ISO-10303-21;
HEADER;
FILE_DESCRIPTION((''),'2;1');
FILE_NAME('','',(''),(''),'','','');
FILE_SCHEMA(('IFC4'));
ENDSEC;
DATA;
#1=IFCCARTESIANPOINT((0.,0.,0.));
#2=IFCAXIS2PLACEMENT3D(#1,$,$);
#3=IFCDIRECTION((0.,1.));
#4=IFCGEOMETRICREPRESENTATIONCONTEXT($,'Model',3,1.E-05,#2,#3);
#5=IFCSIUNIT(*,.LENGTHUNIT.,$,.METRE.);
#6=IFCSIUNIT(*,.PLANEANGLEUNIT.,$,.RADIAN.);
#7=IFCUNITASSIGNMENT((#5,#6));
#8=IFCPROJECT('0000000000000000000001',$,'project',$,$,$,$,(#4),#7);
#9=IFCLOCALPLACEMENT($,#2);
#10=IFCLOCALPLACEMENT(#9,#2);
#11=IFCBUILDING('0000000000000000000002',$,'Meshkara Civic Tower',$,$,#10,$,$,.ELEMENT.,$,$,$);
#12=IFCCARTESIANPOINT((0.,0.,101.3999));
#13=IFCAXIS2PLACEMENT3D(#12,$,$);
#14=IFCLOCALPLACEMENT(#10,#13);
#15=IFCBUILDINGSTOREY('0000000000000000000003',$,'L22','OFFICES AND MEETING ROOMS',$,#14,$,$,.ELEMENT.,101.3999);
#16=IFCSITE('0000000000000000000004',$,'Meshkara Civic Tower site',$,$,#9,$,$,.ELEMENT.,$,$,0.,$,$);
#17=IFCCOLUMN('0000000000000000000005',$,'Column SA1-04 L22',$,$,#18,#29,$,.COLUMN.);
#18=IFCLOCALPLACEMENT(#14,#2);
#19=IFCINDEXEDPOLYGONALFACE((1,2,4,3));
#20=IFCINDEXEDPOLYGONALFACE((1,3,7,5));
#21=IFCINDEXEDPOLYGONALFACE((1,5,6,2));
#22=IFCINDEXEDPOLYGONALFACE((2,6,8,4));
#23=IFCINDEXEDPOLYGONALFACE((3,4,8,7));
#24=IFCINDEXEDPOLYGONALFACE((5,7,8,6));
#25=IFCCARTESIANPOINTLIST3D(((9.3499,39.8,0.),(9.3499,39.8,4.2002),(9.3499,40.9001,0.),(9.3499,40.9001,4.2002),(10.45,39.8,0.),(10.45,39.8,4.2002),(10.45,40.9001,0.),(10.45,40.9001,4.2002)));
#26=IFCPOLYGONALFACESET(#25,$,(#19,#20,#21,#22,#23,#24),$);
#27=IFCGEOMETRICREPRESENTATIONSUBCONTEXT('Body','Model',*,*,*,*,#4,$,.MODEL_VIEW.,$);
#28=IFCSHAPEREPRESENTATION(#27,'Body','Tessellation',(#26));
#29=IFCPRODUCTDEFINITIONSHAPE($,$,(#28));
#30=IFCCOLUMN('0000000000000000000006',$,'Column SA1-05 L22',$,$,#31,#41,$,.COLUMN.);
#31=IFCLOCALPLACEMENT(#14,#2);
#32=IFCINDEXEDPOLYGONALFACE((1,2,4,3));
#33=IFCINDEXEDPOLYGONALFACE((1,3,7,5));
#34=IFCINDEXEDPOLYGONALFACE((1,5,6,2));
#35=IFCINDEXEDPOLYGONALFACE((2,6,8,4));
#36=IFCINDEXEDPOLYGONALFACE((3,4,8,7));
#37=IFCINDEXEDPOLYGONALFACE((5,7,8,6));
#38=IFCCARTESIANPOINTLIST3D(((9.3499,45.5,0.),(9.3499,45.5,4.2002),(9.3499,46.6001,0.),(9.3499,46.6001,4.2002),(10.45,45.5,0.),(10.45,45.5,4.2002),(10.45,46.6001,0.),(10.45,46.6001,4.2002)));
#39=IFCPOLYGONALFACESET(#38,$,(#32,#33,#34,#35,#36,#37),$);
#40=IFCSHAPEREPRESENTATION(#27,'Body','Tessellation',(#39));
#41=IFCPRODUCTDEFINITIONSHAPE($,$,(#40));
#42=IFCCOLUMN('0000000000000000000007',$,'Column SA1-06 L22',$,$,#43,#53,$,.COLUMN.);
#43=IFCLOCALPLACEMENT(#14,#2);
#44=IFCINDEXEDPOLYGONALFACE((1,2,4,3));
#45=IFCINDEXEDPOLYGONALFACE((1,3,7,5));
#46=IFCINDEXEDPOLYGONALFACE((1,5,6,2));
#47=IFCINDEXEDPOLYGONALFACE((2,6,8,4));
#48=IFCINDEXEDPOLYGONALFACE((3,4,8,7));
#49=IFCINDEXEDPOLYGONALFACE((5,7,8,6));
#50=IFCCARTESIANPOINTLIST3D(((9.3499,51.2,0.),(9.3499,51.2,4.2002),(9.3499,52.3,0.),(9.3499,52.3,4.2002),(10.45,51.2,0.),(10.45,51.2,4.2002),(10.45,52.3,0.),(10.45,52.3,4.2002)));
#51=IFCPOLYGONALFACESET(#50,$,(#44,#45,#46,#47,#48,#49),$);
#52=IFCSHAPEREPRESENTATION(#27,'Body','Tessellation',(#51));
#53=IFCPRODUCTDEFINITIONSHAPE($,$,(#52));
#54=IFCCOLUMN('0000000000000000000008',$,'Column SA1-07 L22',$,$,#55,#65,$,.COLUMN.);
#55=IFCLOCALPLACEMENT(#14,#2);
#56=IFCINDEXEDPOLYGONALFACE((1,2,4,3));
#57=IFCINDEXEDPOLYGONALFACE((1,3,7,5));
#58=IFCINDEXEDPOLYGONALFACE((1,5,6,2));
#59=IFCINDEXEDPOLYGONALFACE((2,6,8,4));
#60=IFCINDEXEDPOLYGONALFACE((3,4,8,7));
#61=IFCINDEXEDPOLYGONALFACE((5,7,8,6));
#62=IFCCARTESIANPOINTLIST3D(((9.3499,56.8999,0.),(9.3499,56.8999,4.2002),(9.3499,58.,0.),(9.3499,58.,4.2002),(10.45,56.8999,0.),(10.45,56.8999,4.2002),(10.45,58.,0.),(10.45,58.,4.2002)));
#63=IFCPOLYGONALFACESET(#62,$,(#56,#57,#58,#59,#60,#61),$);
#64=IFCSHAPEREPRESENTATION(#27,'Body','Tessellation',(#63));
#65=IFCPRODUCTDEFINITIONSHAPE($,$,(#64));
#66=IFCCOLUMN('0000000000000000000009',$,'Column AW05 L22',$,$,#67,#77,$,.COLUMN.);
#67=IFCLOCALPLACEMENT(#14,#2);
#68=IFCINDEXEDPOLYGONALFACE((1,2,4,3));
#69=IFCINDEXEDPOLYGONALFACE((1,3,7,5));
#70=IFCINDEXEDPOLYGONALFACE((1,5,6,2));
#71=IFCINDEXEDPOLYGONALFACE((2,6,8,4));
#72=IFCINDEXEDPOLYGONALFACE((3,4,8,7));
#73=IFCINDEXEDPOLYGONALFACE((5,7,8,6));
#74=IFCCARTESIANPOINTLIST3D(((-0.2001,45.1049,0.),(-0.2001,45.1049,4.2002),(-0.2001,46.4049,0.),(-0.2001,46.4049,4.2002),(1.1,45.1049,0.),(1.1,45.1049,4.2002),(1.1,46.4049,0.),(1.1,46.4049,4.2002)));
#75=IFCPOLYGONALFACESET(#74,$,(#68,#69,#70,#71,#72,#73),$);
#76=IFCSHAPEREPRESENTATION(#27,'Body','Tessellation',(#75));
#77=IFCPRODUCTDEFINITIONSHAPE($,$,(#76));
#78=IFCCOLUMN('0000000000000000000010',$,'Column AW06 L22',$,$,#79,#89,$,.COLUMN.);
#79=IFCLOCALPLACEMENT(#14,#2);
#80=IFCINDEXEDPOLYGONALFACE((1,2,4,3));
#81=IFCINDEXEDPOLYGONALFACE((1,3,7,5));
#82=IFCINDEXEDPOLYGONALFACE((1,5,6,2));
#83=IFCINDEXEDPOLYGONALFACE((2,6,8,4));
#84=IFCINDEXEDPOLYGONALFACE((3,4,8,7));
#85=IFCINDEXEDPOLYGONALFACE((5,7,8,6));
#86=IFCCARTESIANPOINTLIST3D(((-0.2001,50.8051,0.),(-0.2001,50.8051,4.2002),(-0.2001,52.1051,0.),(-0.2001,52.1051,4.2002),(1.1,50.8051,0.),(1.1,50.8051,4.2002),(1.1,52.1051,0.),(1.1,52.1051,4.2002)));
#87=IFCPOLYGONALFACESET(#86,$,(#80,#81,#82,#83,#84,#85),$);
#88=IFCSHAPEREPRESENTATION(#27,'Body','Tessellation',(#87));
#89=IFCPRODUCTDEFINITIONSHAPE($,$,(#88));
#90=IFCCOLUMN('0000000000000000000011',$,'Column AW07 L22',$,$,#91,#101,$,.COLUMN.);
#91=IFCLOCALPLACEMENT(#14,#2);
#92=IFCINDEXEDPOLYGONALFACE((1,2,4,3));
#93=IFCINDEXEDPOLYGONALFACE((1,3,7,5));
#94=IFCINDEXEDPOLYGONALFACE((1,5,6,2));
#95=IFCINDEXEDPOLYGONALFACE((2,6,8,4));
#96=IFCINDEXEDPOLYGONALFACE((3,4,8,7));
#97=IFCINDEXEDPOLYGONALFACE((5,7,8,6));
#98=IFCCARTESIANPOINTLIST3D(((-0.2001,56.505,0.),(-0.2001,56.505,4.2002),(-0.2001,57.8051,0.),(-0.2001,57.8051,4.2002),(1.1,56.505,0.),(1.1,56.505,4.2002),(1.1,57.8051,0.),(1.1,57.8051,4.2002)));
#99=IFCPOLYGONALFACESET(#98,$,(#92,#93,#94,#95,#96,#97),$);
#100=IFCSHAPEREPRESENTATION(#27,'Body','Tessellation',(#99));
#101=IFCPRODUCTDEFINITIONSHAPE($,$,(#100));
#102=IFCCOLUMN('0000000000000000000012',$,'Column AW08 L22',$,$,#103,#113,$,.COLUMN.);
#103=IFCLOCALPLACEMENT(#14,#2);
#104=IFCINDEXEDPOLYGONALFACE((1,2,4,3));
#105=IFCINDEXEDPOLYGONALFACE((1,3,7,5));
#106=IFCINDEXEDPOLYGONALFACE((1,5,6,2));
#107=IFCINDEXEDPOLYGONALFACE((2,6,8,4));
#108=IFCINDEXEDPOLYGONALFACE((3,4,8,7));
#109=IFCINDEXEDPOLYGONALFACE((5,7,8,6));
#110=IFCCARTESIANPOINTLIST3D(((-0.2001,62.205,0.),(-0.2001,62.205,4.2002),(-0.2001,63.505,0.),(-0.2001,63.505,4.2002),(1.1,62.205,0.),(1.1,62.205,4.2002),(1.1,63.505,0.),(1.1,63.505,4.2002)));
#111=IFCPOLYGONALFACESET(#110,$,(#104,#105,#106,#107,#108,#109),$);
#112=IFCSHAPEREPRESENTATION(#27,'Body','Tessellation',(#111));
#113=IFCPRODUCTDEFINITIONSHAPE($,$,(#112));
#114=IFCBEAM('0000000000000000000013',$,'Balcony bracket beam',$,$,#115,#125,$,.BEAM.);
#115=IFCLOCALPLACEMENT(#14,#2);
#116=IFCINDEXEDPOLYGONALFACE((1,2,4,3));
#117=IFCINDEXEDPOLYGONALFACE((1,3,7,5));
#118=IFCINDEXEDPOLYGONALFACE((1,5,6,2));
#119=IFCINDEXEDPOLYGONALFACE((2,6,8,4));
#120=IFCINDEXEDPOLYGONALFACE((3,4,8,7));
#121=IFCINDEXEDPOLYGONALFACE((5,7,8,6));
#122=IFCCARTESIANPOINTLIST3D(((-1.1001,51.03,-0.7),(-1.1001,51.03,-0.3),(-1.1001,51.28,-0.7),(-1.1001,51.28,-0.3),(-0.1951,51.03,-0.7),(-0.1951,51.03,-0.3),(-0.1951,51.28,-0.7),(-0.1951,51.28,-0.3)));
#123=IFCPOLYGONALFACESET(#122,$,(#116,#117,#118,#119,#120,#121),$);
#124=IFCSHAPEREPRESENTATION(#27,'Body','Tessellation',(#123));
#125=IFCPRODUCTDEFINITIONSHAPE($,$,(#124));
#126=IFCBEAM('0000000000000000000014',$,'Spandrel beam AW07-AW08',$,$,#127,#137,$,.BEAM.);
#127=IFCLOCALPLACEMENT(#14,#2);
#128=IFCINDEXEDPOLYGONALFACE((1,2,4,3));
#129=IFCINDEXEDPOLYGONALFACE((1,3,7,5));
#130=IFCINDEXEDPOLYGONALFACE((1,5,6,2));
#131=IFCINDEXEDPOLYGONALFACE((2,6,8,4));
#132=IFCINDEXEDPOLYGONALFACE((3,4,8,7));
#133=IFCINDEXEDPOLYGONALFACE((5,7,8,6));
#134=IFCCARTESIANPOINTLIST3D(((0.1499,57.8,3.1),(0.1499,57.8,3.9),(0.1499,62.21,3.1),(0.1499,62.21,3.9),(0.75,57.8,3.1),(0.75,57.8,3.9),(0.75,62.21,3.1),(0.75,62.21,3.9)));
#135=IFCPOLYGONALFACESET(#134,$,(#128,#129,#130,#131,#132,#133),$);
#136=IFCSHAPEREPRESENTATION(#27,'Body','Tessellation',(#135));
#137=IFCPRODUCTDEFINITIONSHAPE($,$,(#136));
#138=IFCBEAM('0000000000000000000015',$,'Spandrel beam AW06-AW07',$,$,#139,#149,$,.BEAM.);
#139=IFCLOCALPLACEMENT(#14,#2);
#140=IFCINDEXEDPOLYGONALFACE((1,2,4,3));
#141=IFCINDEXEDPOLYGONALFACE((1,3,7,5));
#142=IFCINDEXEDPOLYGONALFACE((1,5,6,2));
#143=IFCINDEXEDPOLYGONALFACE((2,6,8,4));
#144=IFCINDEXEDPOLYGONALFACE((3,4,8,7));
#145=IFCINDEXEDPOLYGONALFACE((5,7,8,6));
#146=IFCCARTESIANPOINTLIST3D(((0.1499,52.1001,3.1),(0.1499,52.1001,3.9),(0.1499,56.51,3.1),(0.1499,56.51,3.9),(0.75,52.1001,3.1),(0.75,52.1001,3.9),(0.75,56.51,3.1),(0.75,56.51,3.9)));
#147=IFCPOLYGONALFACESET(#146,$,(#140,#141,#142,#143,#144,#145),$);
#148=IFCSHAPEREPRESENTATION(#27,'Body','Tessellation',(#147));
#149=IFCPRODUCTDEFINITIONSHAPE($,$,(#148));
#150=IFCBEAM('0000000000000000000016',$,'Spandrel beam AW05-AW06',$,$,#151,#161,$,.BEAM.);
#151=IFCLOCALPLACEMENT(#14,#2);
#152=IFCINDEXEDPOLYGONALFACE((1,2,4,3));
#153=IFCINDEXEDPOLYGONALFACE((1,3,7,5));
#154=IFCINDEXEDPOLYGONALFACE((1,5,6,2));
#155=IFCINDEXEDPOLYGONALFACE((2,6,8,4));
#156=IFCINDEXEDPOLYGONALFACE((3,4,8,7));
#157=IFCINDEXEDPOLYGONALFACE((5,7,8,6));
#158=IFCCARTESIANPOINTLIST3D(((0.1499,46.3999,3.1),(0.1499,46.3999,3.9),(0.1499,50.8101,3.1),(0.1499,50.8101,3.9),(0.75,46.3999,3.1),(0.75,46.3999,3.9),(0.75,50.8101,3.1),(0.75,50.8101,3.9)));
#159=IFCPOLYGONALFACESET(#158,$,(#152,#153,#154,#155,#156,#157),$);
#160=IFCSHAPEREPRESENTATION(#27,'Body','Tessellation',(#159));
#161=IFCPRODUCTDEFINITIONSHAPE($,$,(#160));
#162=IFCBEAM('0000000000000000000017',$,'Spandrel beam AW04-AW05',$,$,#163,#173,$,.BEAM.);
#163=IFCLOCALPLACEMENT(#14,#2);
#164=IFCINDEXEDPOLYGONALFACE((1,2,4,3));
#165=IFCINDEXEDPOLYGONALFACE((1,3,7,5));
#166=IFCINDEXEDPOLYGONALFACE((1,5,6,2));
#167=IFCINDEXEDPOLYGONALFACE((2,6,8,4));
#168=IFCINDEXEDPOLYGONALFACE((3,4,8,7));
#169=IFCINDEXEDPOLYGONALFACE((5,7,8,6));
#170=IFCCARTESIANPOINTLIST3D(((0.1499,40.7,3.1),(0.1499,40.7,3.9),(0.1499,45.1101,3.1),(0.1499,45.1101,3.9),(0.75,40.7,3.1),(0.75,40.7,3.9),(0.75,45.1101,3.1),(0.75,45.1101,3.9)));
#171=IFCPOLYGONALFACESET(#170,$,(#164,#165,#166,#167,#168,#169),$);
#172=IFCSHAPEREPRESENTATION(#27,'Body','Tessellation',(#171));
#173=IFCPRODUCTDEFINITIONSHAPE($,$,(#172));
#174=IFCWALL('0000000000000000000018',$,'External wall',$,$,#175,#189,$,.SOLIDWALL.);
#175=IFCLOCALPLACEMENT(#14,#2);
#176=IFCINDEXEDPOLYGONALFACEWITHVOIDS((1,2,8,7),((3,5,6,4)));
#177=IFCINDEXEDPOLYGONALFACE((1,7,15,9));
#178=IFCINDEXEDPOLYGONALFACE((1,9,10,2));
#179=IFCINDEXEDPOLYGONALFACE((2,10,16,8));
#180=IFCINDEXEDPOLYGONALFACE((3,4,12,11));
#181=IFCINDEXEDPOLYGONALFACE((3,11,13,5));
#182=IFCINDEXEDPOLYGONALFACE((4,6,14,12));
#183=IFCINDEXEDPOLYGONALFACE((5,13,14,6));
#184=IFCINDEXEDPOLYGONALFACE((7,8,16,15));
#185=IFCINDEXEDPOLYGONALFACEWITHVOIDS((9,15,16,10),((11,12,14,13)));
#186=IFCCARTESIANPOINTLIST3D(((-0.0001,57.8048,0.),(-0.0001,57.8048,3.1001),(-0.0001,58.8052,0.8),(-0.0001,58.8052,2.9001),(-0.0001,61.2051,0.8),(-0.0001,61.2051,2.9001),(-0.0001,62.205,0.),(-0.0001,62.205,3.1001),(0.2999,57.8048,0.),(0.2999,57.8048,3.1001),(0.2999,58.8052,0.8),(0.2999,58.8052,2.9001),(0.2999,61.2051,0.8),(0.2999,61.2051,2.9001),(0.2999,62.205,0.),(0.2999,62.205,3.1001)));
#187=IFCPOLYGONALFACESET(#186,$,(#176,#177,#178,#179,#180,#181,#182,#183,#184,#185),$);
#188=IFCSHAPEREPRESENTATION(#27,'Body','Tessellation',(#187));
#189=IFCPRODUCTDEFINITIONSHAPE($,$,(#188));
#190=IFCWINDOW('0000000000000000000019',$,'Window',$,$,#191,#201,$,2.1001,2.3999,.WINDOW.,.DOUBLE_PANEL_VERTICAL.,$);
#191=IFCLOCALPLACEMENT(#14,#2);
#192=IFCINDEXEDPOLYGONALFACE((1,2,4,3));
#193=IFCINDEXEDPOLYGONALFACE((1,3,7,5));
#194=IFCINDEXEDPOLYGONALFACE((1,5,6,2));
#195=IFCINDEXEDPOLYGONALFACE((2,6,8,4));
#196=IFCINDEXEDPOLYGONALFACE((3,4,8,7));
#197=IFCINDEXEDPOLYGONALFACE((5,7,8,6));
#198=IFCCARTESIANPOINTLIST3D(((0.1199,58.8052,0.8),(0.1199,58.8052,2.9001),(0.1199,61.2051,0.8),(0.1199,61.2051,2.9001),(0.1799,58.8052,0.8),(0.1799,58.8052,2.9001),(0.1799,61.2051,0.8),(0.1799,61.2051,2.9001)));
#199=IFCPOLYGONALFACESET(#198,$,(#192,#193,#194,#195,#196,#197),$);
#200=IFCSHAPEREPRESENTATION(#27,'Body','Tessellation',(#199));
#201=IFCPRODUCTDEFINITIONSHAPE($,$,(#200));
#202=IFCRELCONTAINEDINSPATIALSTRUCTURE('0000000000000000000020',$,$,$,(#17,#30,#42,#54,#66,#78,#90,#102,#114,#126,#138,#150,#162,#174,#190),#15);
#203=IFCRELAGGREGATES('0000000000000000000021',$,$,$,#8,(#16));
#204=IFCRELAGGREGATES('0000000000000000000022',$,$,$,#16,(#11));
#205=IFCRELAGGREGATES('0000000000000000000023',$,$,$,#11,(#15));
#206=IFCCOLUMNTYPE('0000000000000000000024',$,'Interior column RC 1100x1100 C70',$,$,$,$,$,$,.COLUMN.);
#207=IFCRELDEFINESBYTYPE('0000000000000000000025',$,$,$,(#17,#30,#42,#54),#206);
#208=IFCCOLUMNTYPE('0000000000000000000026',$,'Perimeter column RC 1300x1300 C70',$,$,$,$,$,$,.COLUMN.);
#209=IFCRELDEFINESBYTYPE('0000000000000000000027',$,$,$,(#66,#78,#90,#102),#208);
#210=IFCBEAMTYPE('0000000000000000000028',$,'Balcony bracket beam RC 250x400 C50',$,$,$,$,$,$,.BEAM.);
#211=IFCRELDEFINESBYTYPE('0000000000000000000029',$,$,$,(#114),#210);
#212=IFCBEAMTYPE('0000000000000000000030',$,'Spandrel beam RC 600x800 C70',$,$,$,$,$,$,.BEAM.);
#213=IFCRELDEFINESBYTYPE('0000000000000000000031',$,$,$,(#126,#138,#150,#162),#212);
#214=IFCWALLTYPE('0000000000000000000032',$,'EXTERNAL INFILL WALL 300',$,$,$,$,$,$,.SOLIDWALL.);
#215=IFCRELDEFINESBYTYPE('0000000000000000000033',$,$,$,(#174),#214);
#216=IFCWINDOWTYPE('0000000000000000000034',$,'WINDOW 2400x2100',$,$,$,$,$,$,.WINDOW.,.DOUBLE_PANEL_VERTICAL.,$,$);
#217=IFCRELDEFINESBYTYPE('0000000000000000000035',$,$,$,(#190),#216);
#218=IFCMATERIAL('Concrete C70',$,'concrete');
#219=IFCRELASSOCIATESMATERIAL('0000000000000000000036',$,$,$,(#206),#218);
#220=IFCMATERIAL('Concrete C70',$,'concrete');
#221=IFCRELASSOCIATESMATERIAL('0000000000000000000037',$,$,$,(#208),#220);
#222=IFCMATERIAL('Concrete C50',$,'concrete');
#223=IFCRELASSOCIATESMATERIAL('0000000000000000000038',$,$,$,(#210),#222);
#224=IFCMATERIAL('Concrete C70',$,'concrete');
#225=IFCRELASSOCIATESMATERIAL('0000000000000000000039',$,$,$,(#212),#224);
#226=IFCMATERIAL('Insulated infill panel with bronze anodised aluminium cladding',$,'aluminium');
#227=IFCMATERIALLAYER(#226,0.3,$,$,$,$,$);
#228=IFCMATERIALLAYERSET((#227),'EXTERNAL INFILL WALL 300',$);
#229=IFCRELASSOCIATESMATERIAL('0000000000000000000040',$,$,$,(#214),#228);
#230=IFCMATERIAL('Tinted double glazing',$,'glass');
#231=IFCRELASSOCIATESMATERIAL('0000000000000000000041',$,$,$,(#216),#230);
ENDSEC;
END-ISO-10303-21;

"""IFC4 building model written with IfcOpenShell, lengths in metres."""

from ifc_helpers import new_model, si_unit, direction, frame, frame_2d, origin, origin_2d, place, context, subcontext, project, spatial, rectangle, extrude, material, layer, layer_set, material_profile, profile_set, type_object, element, fill, save


model = new_model("IFC4")

# Units and contexts
model_context = context("Model", 3, precision=1e-05, world=origin(), true_north=direction((0.0, 1.0)))
body_context = subcontext(model_context, "Body", "Model", "MODEL_VIEW")
ifc_project = project(units=[si_unit("LENGTHUNIT", "METRE"), si_unit("PLANEANGLEUNIT", "RADIAN")], contexts=[model_context])

# Site, building, storey
site_placement = place(None, origin())
site = spatial("IfcSite", under=ifc_project, at=site_placement, Name="Meshkara Civic Tower site", CompositionType="ELEMENT", RefElevation=0.0)
building_placement = place(site_placement, origin())
building = spatial("IfcBuilding", under=site, at=building_placement, Name="Meshkara Civic Tower", CompositionType="ELEMENT")
storey_placement = place(building_placement, frame((0.0, 0.0, 101.3999)))
storey = spatial("IfcBuildingStorey", under=building, at=storey_placement, Name="L22", Description="OFFICES AND MEETING ROOMS", CompositionType="ELEMENT", Elevation=101.3999)

# Columns
ifc_material_1 = material(Name="Concrete C70", Category="concrete")
ifc_material_profile_1 = material_profile(ifc_material_1, rectangle(XDim=1.1001, YDim=1.1001, at=origin_2d()))
ifc_profile_set_1 = profile_set([ifc_material_profile_1], Name="Concrete C70")
column_type_1 = type_object("IfcColumnType", Name="Interior column RC 1100x1100 C70", PredefinedType="COLUMN", material=ifc_profile_set_1)
for number, where, z_axis, x_axis, name in (
    (1, (9.8999, 40.3501, 0.0), (0.0, 0.0, 1.0), (1.0, 0.0, 0.0), "Column SA1-04 L22"),
    (2, (9.8999, 46.05, 0.0), (0.0, 0.0, 1.0), (1.0, 0.0, 0.0), "Column SA1-05 L22"),
    (3, (9.8999, 51.75, 0.0), (0.0, 0.0, 1.0), (1.0, 0.0, 0.0), "Column SA1-06 L22"),
    (4, (9.8999, 57.45, 0.0), (0.0, 0.0, 1.0), (1.0, 0.0, 0.0), "Column SA1-07 L22"),
):
    element("IfcColumn", number, at=place(storey_placement, frame(where, z_axis=z_axis, x_axis=x_axis)), inside=storey, type_object=column_type_1, Name=name, PredefinedType="COLUMN", context=body_context, shape_type="SweptSolid", body=[
        extrude(rectangle(XDim=1.1001, YDim=1.1001, at=origin_2d()), origin(), (0.0, 0.0, 1.0), 4.2002),
    ])
ifc_material_2 = material(Name="Concrete C70", Category="concrete")
ifc_material_profile_2 = material_profile(ifc_material_2, rectangle(XDim=1.3, YDim=1.3, at=origin_2d()))
ifc_profile_set_2 = profile_set([ifc_material_profile_2], Name="Concrete C70")
column_type_2 = type_object("IfcColumnType", Name="Perimeter column RC 1300x1300 C70", PredefinedType="COLUMN", material=ifc_profile_set_2)
for number, where, z_axis, x_axis, name in (
    (5, (0.45, 45.7549, 0.0), (0.0, 0.0, 1.0), (1.0, 0.0, 0.0), "Column AW05 L22"),
    (6, (0.45, 51.4551, 0.0), (0.0, 0.0, 1.0), (1.0, 0.0, 0.0), "Column AW06 L22"),
    (7, (0.45, 57.155, 0.0), (0.0, 0.0, 1.0), (1.0, 0.0, 0.0), "Column AW07 L22"),
    (8, (0.45, 62.855, 0.0), (0.0, 0.0, 1.0), (1.0, 0.0, 0.0), "Column AW08 L22"),
):
    element("IfcColumn", number, at=place(storey_placement, frame(where, z_axis=z_axis, x_axis=x_axis)), inside=storey, type_object=column_type_2, Name=name, PredefinedType="COLUMN", context=body_context, shape_type="SweptSolid", body=[
        extrude(rectangle(XDim=1.3, YDim=1.3, at=origin_2d()), origin(), (0.0, 0.0, 1.0), 4.2002),
    ])

# Beams
ifc_material_3 = material(Name="Concrete C50", Category="concrete")
ifc_material_profile_3 = material_profile(ifc_material_3, rectangle(XDim=0.25, YDim=0.3999, at=origin_2d()))
ifc_profile_set_3 = profile_set([ifc_material_profile_3], Name="Concrete C50")
beam_type_1 = type_object("IfcBeamType", Name="Balcony bracket beam RC 250x400 C50", PredefinedType="BEAM", material=ifc_profile_set_3)
beam_placement = place(storey_placement, frame((-0.1951, 51.155, -0.5), z_axis=(-1.0, 0.0, 0.0), x_axis=(0.0, -1.0, 0.0)))
element("IfcBeam", 9, at=beam_placement, inside=storey, type_object=beam_type_1, Name="Balcony bracket beam", PredefinedType="BEAM", context=body_context, shape_type="SweptSolid", body=[
    extrude(rectangle(XDim=0.25, YDim=0.3999, at=origin_2d()), origin(), (0.0, 0.0, 1.0), 0.905),
])
ifc_material_4 = material(Name="Concrete C70", Category="concrete")
ifc_material_profile_4 = material_profile(ifc_material_4, rectangle(XDim=0.6001, YDim=0.8, at=origin_2d()))
ifc_profile_set_4 = profile_set([ifc_material_profile_4], Name="Concrete C70")
beam_type_2 = type_object("IfcBeamType", Name="Spandrel beam RC 600x800 C70", PredefinedType="BEAM", material=ifc_profile_set_4)
for number, where, z_axis, x_axis, name in (
    (10, (0.45, 62.21, 3.5), (0.0, -1.0, 0.0), (1.0, 0.0, 0.0), "Spandrel beam AW07-AW08"),
    (11, (0.45, 56.51, 3.5), (0.0, -1.0, 0.0), (1.0, 0.0, 0.0), "Spandrel beam AW06-AW07"),
):
    element("IfcBeam", number, at=place(storey_placement, frame(where, z_axis=z_axis, x_axis=x_axis)), inside=storey, type_object=beam_type_2, Name=name, PredefinedType="BEAM", context=body_context, shape_type="SweptSolid", body=[
        extrude(rectangle(XDim=0.6001, YDim=0.8, at=origin_2d()), origin(), (0.0, 0.0, 1.0), 4.4099),
    ])
for number, where, z_axis, x_axis, name in (
    (12, (0.45, 50.8101, 3.5), (0.0, -1.0, 0.0), (1.0, 0.0, 0.0), "Spandrel beam AW05-AW06"),
    (13, (0.45, 45.1101, 3.5), (0.0, -1.0, 0.0), (1.0, 0.0, 0.0), "Spandrel beam AW04-AW05"),
):
    element("IfcBeam", number, at=place(storey_placement, frame(where, z_axis=z_axis, x_axis=x_axis)), inside=storey, type_object=beam_type_2, Name=name, PredefinedType="BEAM", context=body_context, shape_type="SweptSolid", body=[
        extrude(rectangle(XDim=0.6001, YDim=0.8, at=origin_2d()), origin(), (0.0, 0.0, 1.0), 4.4102),
    ])

# Wall, opening, window
ifc_material_5 = material(Name="Insulated infill panel with bronze anodised aluminium cladding", Category="aluminium")
ifc_layer_1 = layer(ifc_material_5, 0.3)
ifc_layer_set_1 = layer_set([ifc_layer_1], Name="EXTERNAL INFILL WALL 300")
wall_type_1 = type_object("IfcWallType", Name="EXTERNAL INFILL WALL 300", PredefinedType="SOLIDWALL", material=ifc_layer_set_1)
wall_1_placement = place(storey_placement, frame((0.1499, 62.2051, 0.0), z_axis=(0.0, 0.0, 1.0), x_axis=(0.0, -1.0, 0.0)))
wall_1 = element("IfcWall", 14, at=wall_1_placement, inside=storey, type_object=wall_type_1, Name="External wall", PredefinedType="SOLIDWALL", context=body_context, shape_type="SweptSolid", body=[
    extrude(rectangle(XDim=4.4001, YDim=0.3, at=frame_2d((2.2002, 0.0))), origin(), (0.0, 0.0, 1.0), 3.1001),
])
opening_1_placement = place(wall_1_placement, frame((1.0, 0.0, 0.8)))
opening_1 = element("IfcOpeningElement", 15, at=opening_1_placement, cuts=wall_1, PredefinedType="OPENING", context=body_context, shape_type="SweptSolid", body=[
    extrude(rectangle(XDim=2.3999, YDim=2.1001, at=frame_2d((1.2, 1.05))), frame((0.0, 0.1599, 0.0), z_axis=(0.0, -1.0, 0.0), x_axis=(1.0, 0.0, 0.0)), (0.0, 0.0, 1.0), 0.3201),
])
ifc_material_6 = material(Name="Tinted double glazing", Category="glass")
window_type = type_object("IfcWindowType", Name="WINDOW 2400x2100", PartitioningType="DOUBLE_PANEL_VERTICAL", PredefinedType="WINDOW", material=ifc_material_6)
window_1_placement = place(opening_1_placement, origin())
window_1 = element("IfcWindow", 16, at=window_1_placement, inside=storey, type_object=window_type, Name="Window", OverallHeight=2.1001, OverallWidth=2.3999, PartitioningType="DOUBLE_PANEL_VERTICAL", PredefinedType="WINDOW", context=body_context, shape_type="SweptSolid", body=[
    extrude(rectangle(XDim=2.3999, YDim=2.1001, at=frame_2d((1.2, 1.05))), frame((0.0, 0.03, 0.0), z_axis=(0.0, -1.0, 0.0), x_axis=(1.0, 0.0, 0.0)), (0.0, 0.0, 1.0), 0.0601),
])
fill(opening_1, window_1)

save(model, "model.ifc")
